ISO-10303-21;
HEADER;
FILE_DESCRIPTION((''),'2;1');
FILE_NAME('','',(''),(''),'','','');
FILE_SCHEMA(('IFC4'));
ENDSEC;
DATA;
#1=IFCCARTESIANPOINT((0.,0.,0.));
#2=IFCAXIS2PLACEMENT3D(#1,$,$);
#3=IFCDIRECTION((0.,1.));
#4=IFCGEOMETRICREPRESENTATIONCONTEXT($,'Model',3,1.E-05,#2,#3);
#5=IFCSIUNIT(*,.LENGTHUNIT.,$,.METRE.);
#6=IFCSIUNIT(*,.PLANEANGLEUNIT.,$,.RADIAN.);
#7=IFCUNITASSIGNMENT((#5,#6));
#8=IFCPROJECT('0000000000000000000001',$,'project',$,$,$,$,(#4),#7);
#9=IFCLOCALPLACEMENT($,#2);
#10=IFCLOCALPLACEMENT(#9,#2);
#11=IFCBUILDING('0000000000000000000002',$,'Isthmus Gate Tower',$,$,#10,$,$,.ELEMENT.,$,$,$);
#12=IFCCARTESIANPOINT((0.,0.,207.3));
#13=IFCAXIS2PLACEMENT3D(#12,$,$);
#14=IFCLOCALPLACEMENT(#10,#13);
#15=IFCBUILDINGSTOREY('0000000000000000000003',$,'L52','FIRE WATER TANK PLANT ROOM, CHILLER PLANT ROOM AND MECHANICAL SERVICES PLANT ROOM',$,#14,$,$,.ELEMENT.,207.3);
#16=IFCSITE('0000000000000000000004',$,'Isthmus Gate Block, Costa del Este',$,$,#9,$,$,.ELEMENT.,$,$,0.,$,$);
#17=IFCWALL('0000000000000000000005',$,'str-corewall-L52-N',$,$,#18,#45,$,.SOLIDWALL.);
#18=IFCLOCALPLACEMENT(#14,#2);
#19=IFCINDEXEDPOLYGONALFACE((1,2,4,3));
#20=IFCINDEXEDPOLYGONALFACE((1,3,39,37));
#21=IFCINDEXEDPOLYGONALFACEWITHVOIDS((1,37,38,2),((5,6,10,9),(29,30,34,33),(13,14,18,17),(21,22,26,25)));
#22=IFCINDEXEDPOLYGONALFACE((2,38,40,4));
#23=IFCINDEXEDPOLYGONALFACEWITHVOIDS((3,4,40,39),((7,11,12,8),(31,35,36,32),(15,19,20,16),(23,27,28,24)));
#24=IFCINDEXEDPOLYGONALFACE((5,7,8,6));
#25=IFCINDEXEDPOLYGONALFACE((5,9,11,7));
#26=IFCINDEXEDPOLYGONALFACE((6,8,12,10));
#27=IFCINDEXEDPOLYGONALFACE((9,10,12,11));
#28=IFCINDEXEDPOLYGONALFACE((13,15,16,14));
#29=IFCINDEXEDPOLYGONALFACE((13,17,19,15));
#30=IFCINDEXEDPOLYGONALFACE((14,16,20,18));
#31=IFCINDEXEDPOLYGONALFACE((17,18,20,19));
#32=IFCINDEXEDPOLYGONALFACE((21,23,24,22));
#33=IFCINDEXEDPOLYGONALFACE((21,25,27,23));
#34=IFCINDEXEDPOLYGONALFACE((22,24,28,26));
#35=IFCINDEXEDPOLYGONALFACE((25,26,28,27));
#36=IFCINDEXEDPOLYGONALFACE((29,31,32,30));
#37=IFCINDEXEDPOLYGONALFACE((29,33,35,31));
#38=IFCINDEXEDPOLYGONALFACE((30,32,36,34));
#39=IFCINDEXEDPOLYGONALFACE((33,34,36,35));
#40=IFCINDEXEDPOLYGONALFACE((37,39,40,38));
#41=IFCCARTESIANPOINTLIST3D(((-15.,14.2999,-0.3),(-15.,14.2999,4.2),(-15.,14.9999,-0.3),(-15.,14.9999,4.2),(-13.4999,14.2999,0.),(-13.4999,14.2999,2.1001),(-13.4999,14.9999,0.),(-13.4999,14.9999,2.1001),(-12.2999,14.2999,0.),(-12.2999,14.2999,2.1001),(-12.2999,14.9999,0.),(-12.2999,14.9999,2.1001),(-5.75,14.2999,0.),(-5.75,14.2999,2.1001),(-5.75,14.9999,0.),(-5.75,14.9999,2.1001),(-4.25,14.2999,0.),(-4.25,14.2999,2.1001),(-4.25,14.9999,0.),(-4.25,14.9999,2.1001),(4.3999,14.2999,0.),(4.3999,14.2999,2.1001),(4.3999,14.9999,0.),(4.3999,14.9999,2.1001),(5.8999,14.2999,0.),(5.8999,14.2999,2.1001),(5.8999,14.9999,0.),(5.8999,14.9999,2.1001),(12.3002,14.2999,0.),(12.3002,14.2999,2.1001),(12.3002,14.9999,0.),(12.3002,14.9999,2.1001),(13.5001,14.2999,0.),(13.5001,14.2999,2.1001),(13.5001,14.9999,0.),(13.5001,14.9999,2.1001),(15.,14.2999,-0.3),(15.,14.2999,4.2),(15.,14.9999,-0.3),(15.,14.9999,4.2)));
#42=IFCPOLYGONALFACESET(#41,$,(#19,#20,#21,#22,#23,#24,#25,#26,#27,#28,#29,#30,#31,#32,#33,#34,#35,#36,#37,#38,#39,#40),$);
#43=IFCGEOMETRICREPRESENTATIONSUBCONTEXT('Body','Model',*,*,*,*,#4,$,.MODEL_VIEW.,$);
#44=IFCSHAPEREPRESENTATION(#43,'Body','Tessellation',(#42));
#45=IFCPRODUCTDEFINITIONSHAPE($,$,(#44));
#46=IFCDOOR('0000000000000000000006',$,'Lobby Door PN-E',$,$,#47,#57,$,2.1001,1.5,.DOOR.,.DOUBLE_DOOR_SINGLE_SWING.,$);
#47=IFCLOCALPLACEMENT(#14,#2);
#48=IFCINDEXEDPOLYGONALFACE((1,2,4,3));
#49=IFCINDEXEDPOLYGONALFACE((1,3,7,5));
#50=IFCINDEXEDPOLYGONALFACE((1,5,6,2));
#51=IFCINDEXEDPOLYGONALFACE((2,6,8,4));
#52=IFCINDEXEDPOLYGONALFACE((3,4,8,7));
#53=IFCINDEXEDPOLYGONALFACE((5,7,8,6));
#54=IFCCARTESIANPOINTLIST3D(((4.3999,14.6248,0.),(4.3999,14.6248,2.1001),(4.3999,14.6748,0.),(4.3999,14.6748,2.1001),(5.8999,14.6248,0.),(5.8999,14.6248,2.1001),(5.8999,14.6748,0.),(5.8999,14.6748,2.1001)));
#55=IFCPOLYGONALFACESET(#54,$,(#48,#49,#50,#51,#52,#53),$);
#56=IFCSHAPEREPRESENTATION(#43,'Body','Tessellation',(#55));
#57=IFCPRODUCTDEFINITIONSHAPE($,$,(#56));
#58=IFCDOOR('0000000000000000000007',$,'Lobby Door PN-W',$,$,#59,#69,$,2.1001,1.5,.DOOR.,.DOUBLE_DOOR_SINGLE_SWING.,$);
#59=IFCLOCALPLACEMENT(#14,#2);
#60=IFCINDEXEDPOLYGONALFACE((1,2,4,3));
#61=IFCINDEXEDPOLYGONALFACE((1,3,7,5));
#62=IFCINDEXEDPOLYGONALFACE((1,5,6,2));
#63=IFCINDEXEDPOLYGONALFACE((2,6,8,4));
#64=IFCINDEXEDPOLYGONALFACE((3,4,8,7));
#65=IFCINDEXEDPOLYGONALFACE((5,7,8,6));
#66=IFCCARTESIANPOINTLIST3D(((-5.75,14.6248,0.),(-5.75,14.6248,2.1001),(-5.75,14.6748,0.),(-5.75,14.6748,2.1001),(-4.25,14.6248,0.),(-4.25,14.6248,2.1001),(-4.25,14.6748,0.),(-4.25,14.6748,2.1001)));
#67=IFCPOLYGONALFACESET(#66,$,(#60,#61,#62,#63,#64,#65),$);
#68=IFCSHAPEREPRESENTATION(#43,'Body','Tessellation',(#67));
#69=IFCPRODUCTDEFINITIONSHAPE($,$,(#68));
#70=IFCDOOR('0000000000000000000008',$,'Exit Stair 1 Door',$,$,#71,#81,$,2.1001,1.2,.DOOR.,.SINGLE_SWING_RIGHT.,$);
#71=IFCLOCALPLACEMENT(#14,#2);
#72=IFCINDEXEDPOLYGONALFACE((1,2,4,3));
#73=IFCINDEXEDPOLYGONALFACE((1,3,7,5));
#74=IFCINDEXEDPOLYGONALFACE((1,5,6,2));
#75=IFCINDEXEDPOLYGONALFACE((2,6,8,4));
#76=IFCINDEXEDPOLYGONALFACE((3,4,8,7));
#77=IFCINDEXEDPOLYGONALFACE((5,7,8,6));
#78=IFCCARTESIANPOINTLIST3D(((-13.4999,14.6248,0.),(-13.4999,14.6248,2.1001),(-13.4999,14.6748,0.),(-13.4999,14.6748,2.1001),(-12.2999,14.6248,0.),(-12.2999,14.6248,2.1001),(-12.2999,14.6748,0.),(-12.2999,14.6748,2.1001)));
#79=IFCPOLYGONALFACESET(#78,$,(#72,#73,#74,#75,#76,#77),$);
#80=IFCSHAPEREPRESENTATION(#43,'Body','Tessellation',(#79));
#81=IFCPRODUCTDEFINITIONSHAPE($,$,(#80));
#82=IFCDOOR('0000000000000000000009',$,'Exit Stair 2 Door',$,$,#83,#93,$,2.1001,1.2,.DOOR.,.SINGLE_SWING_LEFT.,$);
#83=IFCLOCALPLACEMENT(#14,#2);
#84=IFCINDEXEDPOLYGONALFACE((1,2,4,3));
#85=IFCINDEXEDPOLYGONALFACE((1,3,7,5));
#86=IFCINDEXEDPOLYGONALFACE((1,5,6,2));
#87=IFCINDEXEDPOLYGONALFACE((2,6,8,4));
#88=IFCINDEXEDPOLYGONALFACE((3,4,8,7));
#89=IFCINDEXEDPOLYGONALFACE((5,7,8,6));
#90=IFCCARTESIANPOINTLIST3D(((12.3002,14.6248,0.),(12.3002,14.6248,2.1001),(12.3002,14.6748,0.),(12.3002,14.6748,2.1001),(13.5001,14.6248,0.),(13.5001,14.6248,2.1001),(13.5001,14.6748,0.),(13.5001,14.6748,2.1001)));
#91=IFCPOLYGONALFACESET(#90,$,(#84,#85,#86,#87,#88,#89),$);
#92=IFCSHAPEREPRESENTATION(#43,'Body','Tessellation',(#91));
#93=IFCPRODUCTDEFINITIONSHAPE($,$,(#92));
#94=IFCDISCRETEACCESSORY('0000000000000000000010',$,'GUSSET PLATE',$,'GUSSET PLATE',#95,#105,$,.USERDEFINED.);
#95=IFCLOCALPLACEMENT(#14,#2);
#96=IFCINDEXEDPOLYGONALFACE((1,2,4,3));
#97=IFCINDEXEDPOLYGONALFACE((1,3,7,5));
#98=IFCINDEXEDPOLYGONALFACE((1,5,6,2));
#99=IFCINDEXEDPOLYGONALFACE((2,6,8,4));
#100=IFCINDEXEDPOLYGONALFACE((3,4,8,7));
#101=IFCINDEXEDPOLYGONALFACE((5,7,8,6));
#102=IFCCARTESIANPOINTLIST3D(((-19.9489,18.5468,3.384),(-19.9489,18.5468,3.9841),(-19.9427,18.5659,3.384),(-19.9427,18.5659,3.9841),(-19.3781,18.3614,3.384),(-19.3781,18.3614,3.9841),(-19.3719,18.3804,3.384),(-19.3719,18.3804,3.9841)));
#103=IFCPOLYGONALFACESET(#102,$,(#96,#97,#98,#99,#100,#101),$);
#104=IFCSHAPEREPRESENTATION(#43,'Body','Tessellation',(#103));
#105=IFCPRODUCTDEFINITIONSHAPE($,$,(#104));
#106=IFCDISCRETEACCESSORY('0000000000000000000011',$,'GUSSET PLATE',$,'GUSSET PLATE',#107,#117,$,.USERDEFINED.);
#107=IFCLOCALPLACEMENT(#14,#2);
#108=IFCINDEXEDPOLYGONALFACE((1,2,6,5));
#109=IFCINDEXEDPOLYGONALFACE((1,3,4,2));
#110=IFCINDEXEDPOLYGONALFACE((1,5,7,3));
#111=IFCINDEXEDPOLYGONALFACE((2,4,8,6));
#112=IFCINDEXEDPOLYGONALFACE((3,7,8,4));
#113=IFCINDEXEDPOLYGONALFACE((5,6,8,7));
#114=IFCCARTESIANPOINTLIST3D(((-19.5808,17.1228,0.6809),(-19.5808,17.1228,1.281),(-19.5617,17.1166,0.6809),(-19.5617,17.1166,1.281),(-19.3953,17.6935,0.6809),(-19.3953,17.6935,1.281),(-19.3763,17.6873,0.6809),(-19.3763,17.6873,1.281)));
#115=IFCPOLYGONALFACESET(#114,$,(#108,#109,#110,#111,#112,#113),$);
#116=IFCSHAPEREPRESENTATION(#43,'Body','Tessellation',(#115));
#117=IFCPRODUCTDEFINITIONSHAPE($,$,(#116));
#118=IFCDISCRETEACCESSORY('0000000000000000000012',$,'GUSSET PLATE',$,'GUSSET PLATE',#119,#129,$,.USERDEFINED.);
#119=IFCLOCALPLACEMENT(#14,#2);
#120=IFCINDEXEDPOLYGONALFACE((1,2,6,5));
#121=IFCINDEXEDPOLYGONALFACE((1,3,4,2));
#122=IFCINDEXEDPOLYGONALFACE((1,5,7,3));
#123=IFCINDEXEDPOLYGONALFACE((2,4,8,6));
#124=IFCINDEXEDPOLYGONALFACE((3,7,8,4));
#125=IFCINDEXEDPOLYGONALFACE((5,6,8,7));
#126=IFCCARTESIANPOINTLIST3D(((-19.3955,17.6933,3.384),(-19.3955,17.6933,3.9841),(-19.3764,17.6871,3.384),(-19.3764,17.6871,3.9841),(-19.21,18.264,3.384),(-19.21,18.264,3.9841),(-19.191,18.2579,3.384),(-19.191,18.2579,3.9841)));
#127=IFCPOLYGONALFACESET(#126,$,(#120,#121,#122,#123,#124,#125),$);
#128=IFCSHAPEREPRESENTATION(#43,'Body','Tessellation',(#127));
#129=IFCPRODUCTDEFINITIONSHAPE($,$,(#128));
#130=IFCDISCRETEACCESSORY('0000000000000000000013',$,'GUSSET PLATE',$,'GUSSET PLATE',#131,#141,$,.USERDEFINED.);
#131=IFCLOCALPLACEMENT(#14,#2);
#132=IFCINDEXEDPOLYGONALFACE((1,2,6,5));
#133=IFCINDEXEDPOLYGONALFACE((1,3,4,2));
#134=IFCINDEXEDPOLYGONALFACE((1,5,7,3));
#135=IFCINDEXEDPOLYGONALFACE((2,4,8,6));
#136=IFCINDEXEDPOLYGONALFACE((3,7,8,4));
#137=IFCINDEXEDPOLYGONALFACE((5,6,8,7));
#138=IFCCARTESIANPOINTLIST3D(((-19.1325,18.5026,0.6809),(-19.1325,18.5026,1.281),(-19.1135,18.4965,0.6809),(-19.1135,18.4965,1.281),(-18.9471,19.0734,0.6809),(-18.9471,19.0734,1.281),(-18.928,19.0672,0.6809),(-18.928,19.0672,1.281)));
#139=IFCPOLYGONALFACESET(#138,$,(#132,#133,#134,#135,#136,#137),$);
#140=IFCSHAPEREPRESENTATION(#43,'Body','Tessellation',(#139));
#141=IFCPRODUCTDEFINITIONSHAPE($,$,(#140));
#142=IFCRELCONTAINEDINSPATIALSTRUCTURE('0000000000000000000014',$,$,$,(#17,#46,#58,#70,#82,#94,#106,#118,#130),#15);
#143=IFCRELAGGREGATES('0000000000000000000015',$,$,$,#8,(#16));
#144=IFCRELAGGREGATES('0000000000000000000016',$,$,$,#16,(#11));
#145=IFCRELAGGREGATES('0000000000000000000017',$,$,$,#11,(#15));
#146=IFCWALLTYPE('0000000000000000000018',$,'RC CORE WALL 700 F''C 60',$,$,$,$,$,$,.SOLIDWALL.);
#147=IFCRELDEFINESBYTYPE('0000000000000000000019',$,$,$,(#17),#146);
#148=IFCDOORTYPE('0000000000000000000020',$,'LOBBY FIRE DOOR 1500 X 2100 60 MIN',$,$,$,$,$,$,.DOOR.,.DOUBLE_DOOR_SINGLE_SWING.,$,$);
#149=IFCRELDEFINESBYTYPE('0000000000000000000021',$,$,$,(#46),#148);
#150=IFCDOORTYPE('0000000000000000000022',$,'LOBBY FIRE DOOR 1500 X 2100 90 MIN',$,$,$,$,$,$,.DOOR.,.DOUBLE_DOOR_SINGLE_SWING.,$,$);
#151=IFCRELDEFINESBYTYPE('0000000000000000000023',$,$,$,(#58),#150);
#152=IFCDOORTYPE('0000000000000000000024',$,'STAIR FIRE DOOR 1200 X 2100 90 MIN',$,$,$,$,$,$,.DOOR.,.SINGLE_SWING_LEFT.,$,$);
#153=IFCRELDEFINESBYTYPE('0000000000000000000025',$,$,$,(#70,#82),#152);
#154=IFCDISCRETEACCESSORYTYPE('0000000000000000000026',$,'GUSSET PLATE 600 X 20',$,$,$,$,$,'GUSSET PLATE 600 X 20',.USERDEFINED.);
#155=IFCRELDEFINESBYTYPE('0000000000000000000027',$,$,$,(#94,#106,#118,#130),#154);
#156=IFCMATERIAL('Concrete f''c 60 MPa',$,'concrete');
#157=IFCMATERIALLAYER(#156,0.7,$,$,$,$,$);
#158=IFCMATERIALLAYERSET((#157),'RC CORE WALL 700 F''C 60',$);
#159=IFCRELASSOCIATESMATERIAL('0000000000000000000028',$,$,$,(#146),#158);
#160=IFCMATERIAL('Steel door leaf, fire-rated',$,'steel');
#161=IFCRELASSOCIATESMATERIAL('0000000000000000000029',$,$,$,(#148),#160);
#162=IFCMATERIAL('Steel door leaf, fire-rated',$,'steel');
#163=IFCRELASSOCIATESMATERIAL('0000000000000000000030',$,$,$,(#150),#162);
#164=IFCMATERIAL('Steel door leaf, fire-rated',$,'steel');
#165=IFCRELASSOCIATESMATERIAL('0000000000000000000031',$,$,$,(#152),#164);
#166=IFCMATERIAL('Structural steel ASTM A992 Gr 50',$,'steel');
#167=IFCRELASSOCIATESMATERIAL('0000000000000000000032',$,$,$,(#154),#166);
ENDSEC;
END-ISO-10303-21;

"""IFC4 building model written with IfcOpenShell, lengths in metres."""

from ifc_helpers import new_model, si_unit, direction, frame, frame_2d, origin, origin_2d, place, context, subcontext, project, spatial, rectangle, extrude, material, layer, layer_set, type_object, element, fill, save


model = new_model("IFC4")

# Units and contexts
model_context = context("Model", 3, precision=1e-05, world=origin(), true_north=direction((0.0, 1.0)))
body_context = subcontext(model_context, "Body", "Model", "MODEL_VIEW")
ifc_project = project(units=[si_unit("LENGTHUNIT", "METRE"), si_unit("PLANEANGLEUNIT", "RADIAN")], contexts=[model_context])

# Site, building, storey
site_placement = place(None, origin())
site = spatial("IfcSite", under=ifc_project, at=site_placement, Name="Isthmus Gate Block, Costa del Este", CompositionType="ELEMENT", RefElevation=0.0)
building_placement = place(site_placement, origin())
building = spatial("IfcBuilding", under=site, at=building_placement, Name="Isthmus Gate Tower", CompositionType="ELEMENT")
storey_placement = place(building_placement, frame((0.0, 0.0, 207.3)))
storey = spatial("IfcBuildingStorey", under=building, at=storey_placement, Name="L52", Description="FIRE WATER TANK PLANT ROOM, CHILLER PLANT ROOM AND MECHANICAL SERVICES PLANT ROOM", CompositionType="ELEMENT", Elevation=207.3)

# Wall, openings, doors
ifc_material_1 = material(Name="Concrete f'c 60 MPa", Category="concrete")
ifc_layer_1 = layer(ifc_material_1, 0.7)
ifc_layer_set_1 = layer_set([ifc_layer_1], Name="RC CORE WALL 700 F'C 60")
wall_type_1 = type_object("IfcWallType", Name="RC CORE WALL 700 F'C 60", PredefinedType="SOLIDWALL", material=ifc_layer_set_1)
wall_1_placement = place(storey_placement, frame((-15.0, 14.6499, -0.3), z_axis=(0.0, 0.0, 1.0), x_axis=(1.0, 0.0, 0.0)))
wall_1 = element("IfcWall", 1, at=wall_1_placement, inside=storey, type_object=wall_type_1, Name="str-corewall-L52-N", PredefinedType="SOLIDWALL", context=body_context, shape_type="SweptSolid", body=[
    extrude(rectangle(XDim=30.0, YDim=0.7, at=frame_2d((15.0, 0.0))), origin(), (0.0, 0.0, 1.0), 4.5),
])
opening_1_placement = place(wall_1_placement, frame((9.25, 0.0, 0.3)))
opening_1 = element("IfcOpeningElement", 2, at=opening_1_placement, cuts=wall_1, PredefinedType="OPENING", context=body_context, shape_type="SweptSolid", body=[
    extrude(rectangle(XDim=1.5, YDim=2.1001, at=frame_2d((0.75, 1.05))), frame((0.0, 0.3599, 0.0), z_axis=(0.0, -1.0, 0.0), x_axis=(1.0, 0.0, 0.0)), (0.0, 0.0, 1.0), 0.72),
])
opening_2_placement = place(wall_1_placement, frame((19.3999, 0.0, 0.3)))
opening_2 = element("IfcOpeningElement", 3, at=opening_2_placement, cuts=wall_1, PredefinedType="OPENING", context=body_context, shape_type="SweptSolid", body=[
    extrude(rectangle(XDim=1.5, YDim=2.1001, at=frame_2d((0.75, 1.05))), frame((0.0, 0.3599, 0.0), z_axis=(0.0, -1.0, 0.0), x_axis=(1.0, 0.0, 0.0)), (0.0, 0.0, 1.0), 0.72),
])
opening_3_placement = place(wall_1_placement, frame((1.5, 0.0, 0.3)))
opening_3 = element("IfcOpeningElement", 4, at=opening_3_placement, cuts=wall_1, PredefinedType="OPENING", context=body_context, shape_type="SweptSolid", body=[
    extrude(rectangle(XDim=1.2, YDim=2.1001, at=frame_2d((0.6001, 1.05))), frame((0.0, 0.3599, 0.0), z_axis=(0.0, -1.0, 0.0), x_axis=(1.0, 0.0, 0.0)), (0.0, 0.0, 1.0), 0.72),
])
opening_4_placement = place(wall_1_placement, frame((27.3, 0.0, 0.3)))
opening_4 = element("IfcOpeningElement", 5, at=opening_4_placement, cuts=wall_1, PredefinedType="OPENING", context=body_context, shape_type="SweptSolid", body=[
    extrude(rectangle(XDim=1.2, YDim=2.1001, at=frame_2d((0.6001, 1.05))), frame((0.0, 0.3599, 0.0), z_axis=(0.0, -1.0, 0.0), x_axis=(1.0, 0.0, 0.0)), (0.0, 0.0, 1.0), 0.72),
])
ifc_material_2 = material(Name="Steel door leaf, fire-rated", Category="steel")
door_type_1 = type_object("IfcDoorType", Name="LOBBY FIRE DOOR 1500 X 2100 60 MIN", OperationType="DOUBLE_DOOR_SINGLE_SWING", PredefinedType="DOOR", material=ifc_material_2)
door_1_placement = place(opening_2_placement, origin())
door_1 = element("IfcDoor", 6, at=door_1_placement, inside=storey, type_object=door_type_1, Name="Lobby Door PN-E", OperationType="DOUBLE_DOOR_SINGLE_SWING", OverallHeight=2.1001, OverallWidth=1.5, PredefinedType="DOOR", context=body_context, shape_type="SweptSolid", body=[
    extrude(rectangle(XDim=1.5, YDim=2.1001, at=frame_2d((0.75, 1.05))), frame((0.0, 0.0249, 0.0), z_axis=(0.0, -1.0, 0.0), x_axis=(1.0, 0.0, 0.0)), (0.0, 0.0, 1.0), 0.05),
])
fill(opening_2, door_1)
ifc_material_3 = material(Name="Steel door leaf, fire-rated", Category="steel")
door_type_2 = type_object("IfcDoorType", Name="LOBBY FIRE DOOR 1500 X 2100 90 MIN", OperationType="DOUBLE_DOOR_SINGLE_SWING", PredefinedType="DOOR", material=ifc_material_3)
door_2_placement = place(opening_1_placement, origin())
door_2 = element("IfcDoor", 7, at=door_2_placement, inside=storey, type_object=door_type_2, Name="Lobby Door PN-W", OperationType="DOUBLE_DOOR_SINGLE_SWING", OverallHeight=2.1001, OverallWidth=1.5, PredefinedType="DOOR", context=body_context, shape_type="SweptSolid", body=[
    extrude(rectangle(XDim=1.5, YDim=2.1001, at=frame_2d((0.75, 1.05))), frame((0.0, 0.0249, 0.0), z_axis=(0.0, -1.0, 0.0), x_axis=(1.0, 0.0, 0.0)), (0.0, 0.0, 1.0), 0.05),
])
fill(opening_1, door_2)
ifc_material_4 = material(Name="Steel door leaf, fire-rated", Category="steel")
door_type_3 = type_object("IfcDoorType", Name="STAIR FIRE DOOR 1200 X 2100 90 MIN", OperationType="SINGLE_SWING_LEFT", PredefinedType="DOOR", material=ifc_material_4)
door_3_placement = place(opening_3_placement, origin())
door_3 = element("IfcDoor", 8, at=door_3_placement, inside=storey, type_object=door_type_3, Name="Exit Stair 1 Door", OperationType="SINGLE_SWING_RIGHT", OverallHeight=2.1001, OverallWidth=1.2, PredefinedType="DOOR", context=body_context, shape_type="SweptSolid", body=[
    extrude(rectangle(XDim=1.2, YDim=2.1001, at=frame_2d((0.6001, 1.05))), frame((0.0, 0.0249, 0.0), z_axis=(0.0, -1.0, 0.0), x_axis=(1.0, 0.0, 0.0)), (0.0, 0.0, 1.0), 0.05),
])
fill(opening_3, door_3)
door_4_placement = place(opening_4_placement, origin())
door_4 = element("IfcDoor", 9, at=door_4_placement, inside=storey, type_object=door_type_3, Name="Exit Stair 2 Door", OperationType="SINGLE_SWING_LEFT", OverallHeight=2.1001, OverallWidth=1.2, PredefinedType="DOOR", context=body_context, shape_type="SweptSolid", body=[
    extrude(rectangle(XDim=1.2, YDim=2.1001, at=frame_2d((0.6001, 1.05))), frame((0.0, 0.0249, 0.0), z_axis=(0.0, -1.0, 0.0), x_axis=(1.0, 0.0, 0.0)), (0.0, 0.0, 1.0), 0.05),
])
fill(opening_4, door_4)

# Discrete accessories
ifc_material_5 = material(Name="Structural steel ASTM A992 Gr 50", Category="steel")
discrete_accessory_type = type_object("IfcDiscreteAccessoryType", Name="GUSSET PLATE 600 X 20", ElementType="GUSSET PLATE 600 X 20", PredefinedType="USERDEFINED", material=ifc_material_5)
for number, where, z_axis, x_axis, name in (
    (10, (-19.6604, 18.4636, 3.384), (0.0, 0.0, 1.0), (0.951057, -0.309017, 0.0), "GUSSET PLATE"),
    (11, (-19.4785, 17.405, 0.6809), (0.0, 0.0, 1.0), (0.309017, 0.951057, 0.0), "GUSSET PLATE"),
    (12, (-19.2932, 17.9756, 3.384), (0.0, 0.0, 1.0), (0.309017, 0.951057, 0.0), "GUSSET PLATE"),
    (13, (-19.0303, 18.7849, 0.6809), (0.0, 0.0, 1.0), (0.309017, 0.951057, 0.0), "GUSSET PLATE"),
):
    element("IfcDiscreteAccessory", number, at=place(storey_placement, frame(where, z_axis=z_axis, x_axis=x_axis)), inside=storey, type_object=discrete_accessory_type, Name=name, ObjectType="GUSSET PLATE", PredefinedType="USERDEFINED", context=body_context, shape_type="SweptSolid", body=[
        extrude(rectangle(XDim=0.6001, YDim=0.02, at=origin_2d()), origin(), (0.0, 0.0, 1.0), 0.6001),
    ])

save(model, "model.ifc")
